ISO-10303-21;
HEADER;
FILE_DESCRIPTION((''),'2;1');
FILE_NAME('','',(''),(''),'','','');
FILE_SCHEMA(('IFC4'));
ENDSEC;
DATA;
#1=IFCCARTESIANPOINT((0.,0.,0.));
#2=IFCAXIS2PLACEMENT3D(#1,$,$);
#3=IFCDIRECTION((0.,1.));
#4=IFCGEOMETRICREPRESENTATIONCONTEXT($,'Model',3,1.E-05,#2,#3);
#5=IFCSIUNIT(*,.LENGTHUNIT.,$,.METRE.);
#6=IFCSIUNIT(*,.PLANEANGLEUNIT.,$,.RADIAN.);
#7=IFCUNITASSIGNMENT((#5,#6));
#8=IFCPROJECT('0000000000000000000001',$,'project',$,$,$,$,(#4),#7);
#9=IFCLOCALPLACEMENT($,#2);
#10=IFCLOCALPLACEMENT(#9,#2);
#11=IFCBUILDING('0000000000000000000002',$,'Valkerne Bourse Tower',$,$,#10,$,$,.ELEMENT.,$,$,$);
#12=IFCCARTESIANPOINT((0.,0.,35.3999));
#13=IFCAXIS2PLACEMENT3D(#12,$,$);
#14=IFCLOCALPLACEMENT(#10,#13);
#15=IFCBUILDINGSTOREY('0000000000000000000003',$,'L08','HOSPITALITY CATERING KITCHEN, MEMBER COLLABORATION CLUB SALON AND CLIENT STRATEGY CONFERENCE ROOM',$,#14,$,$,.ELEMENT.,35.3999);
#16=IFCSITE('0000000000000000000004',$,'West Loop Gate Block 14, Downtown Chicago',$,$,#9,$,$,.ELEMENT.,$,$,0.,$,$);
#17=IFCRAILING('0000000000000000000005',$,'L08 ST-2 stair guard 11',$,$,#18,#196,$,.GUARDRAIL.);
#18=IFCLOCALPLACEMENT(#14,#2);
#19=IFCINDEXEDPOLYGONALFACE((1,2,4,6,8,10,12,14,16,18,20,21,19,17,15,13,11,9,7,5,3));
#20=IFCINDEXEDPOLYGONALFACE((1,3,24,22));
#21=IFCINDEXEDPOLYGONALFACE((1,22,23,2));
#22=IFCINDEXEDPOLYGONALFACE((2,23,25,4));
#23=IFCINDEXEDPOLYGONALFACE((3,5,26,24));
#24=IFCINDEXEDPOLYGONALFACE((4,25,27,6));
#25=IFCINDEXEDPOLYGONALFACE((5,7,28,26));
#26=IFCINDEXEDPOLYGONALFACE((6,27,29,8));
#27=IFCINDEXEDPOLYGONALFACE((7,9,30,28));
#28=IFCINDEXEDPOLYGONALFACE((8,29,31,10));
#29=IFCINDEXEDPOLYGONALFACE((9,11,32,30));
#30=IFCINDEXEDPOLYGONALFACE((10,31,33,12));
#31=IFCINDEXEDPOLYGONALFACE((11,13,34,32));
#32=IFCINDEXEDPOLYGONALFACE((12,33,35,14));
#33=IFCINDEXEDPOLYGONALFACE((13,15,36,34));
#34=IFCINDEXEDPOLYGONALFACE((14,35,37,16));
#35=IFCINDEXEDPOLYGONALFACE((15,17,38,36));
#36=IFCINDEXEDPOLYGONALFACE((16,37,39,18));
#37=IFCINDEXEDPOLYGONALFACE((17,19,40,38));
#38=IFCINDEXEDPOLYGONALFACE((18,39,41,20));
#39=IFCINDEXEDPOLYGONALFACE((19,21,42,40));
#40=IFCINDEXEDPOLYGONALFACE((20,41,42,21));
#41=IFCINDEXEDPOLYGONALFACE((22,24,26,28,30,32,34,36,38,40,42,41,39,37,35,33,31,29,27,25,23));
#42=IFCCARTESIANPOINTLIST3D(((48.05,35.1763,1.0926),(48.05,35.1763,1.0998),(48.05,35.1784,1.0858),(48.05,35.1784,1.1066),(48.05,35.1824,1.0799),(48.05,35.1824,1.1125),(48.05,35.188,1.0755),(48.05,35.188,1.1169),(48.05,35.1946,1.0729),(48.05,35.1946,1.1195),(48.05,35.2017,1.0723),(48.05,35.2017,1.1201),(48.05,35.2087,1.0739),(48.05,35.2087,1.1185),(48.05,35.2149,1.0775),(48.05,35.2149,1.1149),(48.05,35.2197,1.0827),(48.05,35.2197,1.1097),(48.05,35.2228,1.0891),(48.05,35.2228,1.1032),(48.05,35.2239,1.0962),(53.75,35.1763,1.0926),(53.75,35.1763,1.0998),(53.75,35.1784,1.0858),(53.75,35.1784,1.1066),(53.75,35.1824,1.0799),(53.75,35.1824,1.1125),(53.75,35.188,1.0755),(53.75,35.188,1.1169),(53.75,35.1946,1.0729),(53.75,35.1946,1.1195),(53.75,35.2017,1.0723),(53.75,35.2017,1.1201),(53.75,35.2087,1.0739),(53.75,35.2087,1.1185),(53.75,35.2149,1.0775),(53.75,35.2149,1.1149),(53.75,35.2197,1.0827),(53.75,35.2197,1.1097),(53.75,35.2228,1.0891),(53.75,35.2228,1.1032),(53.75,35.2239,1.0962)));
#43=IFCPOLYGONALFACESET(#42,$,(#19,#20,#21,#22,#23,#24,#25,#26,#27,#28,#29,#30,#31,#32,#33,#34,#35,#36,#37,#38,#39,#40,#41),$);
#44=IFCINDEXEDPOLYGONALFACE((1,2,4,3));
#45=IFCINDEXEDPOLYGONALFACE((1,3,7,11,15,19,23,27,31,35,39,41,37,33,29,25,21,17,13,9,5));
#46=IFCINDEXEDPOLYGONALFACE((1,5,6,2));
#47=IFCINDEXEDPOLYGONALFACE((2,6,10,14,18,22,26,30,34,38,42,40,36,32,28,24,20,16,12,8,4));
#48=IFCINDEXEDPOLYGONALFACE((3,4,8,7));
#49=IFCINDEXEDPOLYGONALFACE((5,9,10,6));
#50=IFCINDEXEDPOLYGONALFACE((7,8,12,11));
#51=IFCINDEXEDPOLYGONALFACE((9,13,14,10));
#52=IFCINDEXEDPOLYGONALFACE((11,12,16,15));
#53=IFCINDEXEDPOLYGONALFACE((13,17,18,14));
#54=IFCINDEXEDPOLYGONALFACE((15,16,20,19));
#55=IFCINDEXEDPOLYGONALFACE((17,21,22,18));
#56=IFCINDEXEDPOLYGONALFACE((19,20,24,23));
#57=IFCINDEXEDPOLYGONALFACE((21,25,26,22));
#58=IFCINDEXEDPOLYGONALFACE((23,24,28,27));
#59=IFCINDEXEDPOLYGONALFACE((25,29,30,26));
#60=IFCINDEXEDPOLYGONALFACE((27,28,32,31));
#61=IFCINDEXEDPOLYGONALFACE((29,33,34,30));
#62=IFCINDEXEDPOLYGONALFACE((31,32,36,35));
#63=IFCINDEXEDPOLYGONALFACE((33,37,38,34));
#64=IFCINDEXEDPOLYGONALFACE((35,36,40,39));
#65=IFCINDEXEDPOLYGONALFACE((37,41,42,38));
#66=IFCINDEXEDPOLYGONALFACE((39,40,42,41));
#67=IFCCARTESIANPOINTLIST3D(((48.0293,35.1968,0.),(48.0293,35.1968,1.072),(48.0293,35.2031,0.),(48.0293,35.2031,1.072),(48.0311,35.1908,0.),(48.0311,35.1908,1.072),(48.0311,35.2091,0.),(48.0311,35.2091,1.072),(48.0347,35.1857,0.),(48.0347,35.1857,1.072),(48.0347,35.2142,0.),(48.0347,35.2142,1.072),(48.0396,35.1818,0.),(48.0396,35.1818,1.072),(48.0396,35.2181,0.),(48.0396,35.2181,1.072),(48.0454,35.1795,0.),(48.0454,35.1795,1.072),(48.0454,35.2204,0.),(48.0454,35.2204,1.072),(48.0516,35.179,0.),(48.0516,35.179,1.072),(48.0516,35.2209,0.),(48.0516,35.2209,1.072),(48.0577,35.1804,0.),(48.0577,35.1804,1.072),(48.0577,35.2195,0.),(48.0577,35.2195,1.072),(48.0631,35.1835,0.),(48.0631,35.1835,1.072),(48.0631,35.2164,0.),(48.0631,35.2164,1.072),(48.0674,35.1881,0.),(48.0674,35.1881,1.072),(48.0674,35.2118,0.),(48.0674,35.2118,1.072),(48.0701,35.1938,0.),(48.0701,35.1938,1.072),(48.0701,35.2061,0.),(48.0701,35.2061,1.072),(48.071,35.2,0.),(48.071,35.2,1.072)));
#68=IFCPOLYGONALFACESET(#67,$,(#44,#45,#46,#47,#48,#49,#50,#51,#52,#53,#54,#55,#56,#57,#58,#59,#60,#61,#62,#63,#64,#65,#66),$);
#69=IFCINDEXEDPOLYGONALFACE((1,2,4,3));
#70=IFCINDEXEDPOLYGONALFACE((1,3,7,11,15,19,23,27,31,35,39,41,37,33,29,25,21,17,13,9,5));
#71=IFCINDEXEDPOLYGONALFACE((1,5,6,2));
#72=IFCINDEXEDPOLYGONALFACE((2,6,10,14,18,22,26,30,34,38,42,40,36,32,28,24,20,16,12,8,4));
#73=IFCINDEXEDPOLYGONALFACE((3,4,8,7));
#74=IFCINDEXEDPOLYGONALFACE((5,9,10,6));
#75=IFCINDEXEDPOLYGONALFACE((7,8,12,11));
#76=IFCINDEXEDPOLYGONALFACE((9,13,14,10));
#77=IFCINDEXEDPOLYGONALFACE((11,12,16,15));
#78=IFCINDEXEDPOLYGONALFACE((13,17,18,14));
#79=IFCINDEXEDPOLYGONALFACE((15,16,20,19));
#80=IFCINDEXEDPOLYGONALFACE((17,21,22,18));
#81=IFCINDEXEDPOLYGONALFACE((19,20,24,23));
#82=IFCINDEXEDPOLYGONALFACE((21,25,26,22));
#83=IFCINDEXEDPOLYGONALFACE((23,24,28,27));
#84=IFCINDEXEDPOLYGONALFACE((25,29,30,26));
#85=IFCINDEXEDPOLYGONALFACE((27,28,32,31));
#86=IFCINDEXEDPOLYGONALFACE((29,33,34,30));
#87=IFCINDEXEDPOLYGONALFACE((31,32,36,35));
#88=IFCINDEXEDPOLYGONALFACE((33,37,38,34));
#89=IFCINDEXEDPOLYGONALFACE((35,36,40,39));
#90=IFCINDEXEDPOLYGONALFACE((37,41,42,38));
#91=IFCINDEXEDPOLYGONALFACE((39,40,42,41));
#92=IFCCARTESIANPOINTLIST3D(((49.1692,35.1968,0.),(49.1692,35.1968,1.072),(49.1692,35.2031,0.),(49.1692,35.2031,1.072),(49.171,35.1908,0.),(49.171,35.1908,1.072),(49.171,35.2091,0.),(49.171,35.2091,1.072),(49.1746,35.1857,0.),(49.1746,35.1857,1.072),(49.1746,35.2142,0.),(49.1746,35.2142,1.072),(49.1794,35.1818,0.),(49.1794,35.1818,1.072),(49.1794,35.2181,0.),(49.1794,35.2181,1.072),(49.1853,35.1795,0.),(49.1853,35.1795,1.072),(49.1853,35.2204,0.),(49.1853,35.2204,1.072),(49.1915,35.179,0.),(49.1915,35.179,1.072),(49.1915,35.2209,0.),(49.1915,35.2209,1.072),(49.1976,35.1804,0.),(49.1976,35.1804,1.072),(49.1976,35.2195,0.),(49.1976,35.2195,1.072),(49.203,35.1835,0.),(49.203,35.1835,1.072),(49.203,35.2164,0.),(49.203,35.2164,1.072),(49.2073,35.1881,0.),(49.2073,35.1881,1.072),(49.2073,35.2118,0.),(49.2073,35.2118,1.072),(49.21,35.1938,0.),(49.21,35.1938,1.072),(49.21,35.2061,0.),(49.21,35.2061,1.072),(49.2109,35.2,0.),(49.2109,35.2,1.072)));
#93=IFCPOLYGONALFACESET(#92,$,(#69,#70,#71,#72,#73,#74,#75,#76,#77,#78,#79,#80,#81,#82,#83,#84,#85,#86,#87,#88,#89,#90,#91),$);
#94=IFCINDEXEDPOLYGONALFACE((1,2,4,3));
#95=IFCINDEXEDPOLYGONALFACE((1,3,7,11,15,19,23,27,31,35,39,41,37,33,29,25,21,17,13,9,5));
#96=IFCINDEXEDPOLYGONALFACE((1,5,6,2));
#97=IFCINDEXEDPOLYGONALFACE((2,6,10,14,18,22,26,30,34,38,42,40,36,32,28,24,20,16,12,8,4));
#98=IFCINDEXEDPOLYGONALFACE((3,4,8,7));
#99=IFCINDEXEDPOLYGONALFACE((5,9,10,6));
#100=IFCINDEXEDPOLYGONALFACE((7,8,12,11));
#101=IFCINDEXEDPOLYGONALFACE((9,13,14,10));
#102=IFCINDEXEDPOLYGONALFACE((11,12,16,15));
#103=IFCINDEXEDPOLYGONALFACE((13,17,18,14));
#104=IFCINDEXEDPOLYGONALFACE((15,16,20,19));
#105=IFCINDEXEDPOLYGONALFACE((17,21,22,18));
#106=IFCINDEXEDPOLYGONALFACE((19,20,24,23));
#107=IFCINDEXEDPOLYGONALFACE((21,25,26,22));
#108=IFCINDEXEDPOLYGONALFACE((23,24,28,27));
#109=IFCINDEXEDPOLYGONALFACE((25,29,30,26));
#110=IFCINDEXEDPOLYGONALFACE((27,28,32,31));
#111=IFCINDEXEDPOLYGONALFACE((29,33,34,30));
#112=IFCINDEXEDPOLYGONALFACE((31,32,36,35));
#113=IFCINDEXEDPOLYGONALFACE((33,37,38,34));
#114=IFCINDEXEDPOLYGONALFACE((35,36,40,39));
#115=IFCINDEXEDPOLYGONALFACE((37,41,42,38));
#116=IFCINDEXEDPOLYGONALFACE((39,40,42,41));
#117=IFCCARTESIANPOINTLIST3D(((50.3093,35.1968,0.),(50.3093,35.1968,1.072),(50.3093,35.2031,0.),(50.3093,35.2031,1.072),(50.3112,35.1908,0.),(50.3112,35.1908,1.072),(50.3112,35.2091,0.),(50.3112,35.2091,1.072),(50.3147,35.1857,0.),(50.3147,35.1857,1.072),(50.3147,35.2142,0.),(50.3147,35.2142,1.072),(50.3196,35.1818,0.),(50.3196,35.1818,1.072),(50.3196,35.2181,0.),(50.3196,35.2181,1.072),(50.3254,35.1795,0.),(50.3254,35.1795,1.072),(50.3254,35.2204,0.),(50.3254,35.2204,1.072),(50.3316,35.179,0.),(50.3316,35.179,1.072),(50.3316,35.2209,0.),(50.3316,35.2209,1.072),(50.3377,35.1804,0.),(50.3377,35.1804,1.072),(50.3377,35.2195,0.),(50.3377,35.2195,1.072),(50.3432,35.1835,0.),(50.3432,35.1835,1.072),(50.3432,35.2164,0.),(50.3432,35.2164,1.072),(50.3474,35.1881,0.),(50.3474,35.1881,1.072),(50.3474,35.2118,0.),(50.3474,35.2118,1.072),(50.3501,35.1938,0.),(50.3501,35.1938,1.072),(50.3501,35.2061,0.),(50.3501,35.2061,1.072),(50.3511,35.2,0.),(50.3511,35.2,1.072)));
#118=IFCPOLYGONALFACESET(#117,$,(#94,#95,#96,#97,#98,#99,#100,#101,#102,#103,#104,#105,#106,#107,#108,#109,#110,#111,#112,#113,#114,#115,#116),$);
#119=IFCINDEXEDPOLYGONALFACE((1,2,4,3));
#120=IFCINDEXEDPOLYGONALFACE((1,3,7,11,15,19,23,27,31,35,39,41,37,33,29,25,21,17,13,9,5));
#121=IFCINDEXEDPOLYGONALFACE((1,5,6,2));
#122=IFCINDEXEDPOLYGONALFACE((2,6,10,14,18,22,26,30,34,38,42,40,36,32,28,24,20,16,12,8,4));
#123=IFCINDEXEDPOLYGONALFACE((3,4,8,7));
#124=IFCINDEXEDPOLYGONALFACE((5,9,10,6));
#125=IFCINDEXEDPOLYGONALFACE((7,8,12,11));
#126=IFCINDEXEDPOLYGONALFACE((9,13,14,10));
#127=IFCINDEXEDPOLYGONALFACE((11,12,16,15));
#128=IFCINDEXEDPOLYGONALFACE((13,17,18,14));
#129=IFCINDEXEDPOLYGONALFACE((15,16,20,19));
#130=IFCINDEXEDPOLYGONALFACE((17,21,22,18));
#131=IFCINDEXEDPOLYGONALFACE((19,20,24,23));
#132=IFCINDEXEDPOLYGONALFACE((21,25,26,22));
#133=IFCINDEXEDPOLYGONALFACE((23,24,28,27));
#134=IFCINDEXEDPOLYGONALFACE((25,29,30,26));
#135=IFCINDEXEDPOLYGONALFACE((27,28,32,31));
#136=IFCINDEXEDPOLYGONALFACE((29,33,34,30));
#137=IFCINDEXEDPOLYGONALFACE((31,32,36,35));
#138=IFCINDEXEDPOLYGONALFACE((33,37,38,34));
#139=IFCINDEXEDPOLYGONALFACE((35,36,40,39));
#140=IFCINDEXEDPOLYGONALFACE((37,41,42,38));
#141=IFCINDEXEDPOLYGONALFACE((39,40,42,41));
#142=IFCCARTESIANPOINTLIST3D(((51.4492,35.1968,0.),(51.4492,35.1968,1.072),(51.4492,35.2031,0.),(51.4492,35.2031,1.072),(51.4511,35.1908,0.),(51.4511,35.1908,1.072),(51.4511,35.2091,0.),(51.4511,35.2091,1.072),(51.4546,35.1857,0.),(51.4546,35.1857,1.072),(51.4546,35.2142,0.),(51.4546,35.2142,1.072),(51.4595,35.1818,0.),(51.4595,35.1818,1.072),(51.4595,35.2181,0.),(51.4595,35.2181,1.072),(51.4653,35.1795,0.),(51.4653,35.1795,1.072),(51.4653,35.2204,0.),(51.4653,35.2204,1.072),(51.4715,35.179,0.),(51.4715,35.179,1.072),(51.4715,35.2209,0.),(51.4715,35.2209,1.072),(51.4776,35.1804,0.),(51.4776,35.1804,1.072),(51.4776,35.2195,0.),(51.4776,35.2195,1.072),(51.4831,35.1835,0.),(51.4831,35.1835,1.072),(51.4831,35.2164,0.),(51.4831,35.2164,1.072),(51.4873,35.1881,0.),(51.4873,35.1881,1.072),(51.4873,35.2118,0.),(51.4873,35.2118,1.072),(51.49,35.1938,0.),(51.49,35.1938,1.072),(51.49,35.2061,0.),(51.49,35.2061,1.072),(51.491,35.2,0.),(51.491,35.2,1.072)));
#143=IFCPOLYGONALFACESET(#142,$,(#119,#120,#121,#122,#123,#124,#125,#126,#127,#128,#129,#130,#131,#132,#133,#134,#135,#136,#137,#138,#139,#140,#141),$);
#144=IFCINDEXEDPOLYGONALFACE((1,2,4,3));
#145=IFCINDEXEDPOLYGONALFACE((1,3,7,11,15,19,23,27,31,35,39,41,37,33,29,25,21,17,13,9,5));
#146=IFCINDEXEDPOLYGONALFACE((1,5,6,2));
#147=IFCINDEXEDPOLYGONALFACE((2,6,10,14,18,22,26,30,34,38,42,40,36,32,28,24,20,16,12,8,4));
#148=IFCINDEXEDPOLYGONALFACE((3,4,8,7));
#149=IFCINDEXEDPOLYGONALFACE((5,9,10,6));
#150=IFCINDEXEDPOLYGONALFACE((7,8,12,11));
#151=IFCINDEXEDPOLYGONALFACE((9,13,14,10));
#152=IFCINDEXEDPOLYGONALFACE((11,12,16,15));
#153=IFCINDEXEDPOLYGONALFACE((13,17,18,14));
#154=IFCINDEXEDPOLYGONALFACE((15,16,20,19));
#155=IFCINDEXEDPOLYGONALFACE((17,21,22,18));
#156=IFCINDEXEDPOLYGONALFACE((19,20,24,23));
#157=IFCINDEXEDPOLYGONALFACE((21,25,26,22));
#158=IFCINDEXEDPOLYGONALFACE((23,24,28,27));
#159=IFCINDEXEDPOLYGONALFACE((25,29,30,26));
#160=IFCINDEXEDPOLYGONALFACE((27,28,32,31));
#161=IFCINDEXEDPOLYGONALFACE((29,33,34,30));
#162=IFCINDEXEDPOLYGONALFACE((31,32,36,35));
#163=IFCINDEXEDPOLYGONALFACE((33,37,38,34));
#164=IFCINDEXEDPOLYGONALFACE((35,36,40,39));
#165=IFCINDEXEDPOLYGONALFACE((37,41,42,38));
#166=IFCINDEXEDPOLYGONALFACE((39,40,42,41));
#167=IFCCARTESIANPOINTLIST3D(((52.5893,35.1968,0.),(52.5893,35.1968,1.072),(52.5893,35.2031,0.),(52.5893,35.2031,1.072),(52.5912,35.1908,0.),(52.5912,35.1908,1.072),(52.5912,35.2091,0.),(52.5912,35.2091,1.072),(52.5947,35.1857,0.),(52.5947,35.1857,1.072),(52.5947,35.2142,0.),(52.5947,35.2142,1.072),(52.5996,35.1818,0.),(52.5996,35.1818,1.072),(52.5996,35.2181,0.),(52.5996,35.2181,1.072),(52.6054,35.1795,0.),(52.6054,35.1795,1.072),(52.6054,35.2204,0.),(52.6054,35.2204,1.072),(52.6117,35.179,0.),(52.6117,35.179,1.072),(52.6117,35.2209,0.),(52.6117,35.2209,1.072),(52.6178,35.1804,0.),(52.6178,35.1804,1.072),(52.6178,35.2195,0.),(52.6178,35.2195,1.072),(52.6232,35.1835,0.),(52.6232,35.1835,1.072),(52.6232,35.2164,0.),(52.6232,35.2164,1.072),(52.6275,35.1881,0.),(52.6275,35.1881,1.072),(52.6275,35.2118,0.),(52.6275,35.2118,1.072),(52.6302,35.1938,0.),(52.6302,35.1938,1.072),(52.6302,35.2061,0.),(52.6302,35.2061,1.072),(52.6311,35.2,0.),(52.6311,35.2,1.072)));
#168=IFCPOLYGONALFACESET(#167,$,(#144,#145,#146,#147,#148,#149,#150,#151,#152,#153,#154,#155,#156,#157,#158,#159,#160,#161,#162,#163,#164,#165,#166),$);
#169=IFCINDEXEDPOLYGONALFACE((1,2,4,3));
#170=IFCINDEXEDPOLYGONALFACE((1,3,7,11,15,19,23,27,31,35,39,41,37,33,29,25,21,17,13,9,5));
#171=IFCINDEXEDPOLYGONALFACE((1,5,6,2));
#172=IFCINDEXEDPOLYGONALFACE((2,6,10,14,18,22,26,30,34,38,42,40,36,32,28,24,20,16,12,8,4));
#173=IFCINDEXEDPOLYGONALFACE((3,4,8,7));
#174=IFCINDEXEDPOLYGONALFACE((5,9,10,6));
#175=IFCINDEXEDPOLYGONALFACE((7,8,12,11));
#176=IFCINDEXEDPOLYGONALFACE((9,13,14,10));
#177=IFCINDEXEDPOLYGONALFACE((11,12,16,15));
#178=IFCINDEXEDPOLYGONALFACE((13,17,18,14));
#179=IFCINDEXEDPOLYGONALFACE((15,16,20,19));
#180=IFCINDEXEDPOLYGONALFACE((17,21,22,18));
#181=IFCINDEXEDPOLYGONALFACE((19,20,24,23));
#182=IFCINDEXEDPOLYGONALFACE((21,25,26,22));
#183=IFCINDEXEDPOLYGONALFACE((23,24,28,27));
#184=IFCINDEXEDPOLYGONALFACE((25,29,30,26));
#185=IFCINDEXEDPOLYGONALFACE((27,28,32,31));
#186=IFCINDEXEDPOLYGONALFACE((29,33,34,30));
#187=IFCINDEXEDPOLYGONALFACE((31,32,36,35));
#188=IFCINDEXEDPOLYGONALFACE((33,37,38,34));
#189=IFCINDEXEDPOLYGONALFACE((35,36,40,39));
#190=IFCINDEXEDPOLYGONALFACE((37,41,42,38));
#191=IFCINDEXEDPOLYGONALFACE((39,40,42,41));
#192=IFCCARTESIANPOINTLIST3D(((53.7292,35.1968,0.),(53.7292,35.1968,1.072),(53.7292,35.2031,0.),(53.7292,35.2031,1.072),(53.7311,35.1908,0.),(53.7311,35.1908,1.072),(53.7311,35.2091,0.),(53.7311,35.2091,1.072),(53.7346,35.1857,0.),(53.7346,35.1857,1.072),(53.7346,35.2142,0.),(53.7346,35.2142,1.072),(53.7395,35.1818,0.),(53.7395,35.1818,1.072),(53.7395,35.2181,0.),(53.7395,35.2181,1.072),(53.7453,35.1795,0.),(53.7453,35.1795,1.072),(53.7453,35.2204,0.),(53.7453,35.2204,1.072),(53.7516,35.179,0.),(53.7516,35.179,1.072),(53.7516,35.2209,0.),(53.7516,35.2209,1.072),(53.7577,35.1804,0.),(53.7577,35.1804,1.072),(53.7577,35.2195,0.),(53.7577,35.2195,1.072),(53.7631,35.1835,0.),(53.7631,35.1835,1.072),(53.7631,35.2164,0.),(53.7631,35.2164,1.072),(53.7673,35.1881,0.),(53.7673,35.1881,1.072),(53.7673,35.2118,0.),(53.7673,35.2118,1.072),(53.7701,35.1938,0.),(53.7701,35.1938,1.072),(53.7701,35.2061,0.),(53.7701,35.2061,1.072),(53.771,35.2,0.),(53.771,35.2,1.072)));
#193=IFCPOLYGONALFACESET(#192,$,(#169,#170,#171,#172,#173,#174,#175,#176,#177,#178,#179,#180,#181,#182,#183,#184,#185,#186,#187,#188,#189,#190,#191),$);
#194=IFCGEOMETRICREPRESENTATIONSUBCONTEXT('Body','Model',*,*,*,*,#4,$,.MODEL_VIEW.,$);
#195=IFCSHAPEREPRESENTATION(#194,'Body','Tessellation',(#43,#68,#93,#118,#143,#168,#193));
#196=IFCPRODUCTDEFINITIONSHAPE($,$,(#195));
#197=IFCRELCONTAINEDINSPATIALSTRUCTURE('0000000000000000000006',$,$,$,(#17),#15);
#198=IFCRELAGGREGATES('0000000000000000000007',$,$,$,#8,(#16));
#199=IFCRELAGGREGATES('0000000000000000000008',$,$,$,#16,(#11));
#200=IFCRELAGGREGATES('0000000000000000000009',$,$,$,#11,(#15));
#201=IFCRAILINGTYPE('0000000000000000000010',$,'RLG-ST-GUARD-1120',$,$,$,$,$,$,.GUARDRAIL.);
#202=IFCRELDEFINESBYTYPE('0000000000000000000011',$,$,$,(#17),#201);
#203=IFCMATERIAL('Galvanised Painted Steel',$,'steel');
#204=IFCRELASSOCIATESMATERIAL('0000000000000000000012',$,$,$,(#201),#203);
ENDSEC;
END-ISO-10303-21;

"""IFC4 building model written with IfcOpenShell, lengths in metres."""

from ifc_helpers import new_model, si_unit, direction, frame, origin, origin_2d, place, context, subcontext, project, spatial, circle, extrude, material, type_object, element, save


model = new_model("IFC4")

# Units and contexts
model_context = context("Model", 3, precision=1e-05, world=origin(), true_north=direction((0.0, 1.0)))
body_context = subcontext(model_context, "Body", "Model", "MODEL_VIEW")
ifc_project = project(units=[si_unit("LENGTHUNIT", "METRE"), si_unit("PLANEANGLEUNIT", "RADIAN")], contexts=[model_context])

# Site, building, storey
site_placement = place(None, origin())
site = spatial("IfcSite", under=ifc_project, at=site_placement, Name="West Loop Gate Block 14, Downtown Chicago", CompositionType="ELEMENT", RefElevation=0.0)
building_placement = place(site_placement, origin())
building = spatial("IfcBuilding", under=site, at=building_placement, Name="Valkerne Bourse Tower", CompositionType="ELEMENT")
storey_placement = place(building_placement, frame((0.0, 0.0, 35.3999)))
storey = spatial("IfcBuildingStorey", under=building, at=storey_placement, Name="L08", Description="HOSPITALITY CATERING KITCHEN, MEMBER COLLABORATION CLUB SALON AND CLIENT STRATEGY CONFERENCE ROOM", CompositionType="ELEMENT", Elevation=35.3999)

# Shared definitions
ifc_material_1 = material(Name="Galvanised Painted Steel", Category="steel")

# Railing
railing_type_1 = type_object("IfcRailingType", Name="RLG-ST-GUARD-1120", PredefinedType="GUARDRAIL", material=ifc_material_1)
for number, where, name in (
    (1, (48.05, 35.2, 0.0), "L08 ST-2 stair guard 11"),
):
    element("IfcRailing", number, at=place(storey_placement, frame(where)), inside=storey, type_object=railing_type_1, Name=name, PredefinedType="GUARDRAIL", context=body_context, shape_type="SweptSolid", body=[
        extrude(circle(Radius=0.0239, at=origin_2d()), frame((0.0, 0.0, 1.0962), z_axis=(1.0, 0.0, 0.0), x_axis=(0.0, 1.0, 0.0)), (0.0, 0.0, 1.0), 5.7),
        extrude(circle(Radius=0.021, at=origin_2d()), origin(), (0.0, 0.0, 1.0), 1.072),
        extrude(circle(Radius=0.021, at=origin_2d()), frame((1.1399, 0.0, 0.0)), (0.0, 0.0, 1.0), 1.072),
        extrude(circle(Radius=0.021, at=origin_2d()), frame((2.28, 0.0, 0.0)), (0.0, 0.0, 1.0), 1.072),
        extrude(circle(Radius=0.021, at=origin_2d()), frame((3.4199, 0.0, 0.0)), (0.0, 0.0, 1.0), 1.072),
        extrude(circle(Radius=0.021, at=origin_2d()), frame((4.5601, 0.0, 0.0)), (0.0, 0.0, 1.0), 1.072),
        extrude(circle(Radius=0.021, at=origin_2d()), frame((5.7, 0.0, 0.0)), (0.0, 0.0, 1.0), 1.072),
    ])

save(model, "model.ifc")
